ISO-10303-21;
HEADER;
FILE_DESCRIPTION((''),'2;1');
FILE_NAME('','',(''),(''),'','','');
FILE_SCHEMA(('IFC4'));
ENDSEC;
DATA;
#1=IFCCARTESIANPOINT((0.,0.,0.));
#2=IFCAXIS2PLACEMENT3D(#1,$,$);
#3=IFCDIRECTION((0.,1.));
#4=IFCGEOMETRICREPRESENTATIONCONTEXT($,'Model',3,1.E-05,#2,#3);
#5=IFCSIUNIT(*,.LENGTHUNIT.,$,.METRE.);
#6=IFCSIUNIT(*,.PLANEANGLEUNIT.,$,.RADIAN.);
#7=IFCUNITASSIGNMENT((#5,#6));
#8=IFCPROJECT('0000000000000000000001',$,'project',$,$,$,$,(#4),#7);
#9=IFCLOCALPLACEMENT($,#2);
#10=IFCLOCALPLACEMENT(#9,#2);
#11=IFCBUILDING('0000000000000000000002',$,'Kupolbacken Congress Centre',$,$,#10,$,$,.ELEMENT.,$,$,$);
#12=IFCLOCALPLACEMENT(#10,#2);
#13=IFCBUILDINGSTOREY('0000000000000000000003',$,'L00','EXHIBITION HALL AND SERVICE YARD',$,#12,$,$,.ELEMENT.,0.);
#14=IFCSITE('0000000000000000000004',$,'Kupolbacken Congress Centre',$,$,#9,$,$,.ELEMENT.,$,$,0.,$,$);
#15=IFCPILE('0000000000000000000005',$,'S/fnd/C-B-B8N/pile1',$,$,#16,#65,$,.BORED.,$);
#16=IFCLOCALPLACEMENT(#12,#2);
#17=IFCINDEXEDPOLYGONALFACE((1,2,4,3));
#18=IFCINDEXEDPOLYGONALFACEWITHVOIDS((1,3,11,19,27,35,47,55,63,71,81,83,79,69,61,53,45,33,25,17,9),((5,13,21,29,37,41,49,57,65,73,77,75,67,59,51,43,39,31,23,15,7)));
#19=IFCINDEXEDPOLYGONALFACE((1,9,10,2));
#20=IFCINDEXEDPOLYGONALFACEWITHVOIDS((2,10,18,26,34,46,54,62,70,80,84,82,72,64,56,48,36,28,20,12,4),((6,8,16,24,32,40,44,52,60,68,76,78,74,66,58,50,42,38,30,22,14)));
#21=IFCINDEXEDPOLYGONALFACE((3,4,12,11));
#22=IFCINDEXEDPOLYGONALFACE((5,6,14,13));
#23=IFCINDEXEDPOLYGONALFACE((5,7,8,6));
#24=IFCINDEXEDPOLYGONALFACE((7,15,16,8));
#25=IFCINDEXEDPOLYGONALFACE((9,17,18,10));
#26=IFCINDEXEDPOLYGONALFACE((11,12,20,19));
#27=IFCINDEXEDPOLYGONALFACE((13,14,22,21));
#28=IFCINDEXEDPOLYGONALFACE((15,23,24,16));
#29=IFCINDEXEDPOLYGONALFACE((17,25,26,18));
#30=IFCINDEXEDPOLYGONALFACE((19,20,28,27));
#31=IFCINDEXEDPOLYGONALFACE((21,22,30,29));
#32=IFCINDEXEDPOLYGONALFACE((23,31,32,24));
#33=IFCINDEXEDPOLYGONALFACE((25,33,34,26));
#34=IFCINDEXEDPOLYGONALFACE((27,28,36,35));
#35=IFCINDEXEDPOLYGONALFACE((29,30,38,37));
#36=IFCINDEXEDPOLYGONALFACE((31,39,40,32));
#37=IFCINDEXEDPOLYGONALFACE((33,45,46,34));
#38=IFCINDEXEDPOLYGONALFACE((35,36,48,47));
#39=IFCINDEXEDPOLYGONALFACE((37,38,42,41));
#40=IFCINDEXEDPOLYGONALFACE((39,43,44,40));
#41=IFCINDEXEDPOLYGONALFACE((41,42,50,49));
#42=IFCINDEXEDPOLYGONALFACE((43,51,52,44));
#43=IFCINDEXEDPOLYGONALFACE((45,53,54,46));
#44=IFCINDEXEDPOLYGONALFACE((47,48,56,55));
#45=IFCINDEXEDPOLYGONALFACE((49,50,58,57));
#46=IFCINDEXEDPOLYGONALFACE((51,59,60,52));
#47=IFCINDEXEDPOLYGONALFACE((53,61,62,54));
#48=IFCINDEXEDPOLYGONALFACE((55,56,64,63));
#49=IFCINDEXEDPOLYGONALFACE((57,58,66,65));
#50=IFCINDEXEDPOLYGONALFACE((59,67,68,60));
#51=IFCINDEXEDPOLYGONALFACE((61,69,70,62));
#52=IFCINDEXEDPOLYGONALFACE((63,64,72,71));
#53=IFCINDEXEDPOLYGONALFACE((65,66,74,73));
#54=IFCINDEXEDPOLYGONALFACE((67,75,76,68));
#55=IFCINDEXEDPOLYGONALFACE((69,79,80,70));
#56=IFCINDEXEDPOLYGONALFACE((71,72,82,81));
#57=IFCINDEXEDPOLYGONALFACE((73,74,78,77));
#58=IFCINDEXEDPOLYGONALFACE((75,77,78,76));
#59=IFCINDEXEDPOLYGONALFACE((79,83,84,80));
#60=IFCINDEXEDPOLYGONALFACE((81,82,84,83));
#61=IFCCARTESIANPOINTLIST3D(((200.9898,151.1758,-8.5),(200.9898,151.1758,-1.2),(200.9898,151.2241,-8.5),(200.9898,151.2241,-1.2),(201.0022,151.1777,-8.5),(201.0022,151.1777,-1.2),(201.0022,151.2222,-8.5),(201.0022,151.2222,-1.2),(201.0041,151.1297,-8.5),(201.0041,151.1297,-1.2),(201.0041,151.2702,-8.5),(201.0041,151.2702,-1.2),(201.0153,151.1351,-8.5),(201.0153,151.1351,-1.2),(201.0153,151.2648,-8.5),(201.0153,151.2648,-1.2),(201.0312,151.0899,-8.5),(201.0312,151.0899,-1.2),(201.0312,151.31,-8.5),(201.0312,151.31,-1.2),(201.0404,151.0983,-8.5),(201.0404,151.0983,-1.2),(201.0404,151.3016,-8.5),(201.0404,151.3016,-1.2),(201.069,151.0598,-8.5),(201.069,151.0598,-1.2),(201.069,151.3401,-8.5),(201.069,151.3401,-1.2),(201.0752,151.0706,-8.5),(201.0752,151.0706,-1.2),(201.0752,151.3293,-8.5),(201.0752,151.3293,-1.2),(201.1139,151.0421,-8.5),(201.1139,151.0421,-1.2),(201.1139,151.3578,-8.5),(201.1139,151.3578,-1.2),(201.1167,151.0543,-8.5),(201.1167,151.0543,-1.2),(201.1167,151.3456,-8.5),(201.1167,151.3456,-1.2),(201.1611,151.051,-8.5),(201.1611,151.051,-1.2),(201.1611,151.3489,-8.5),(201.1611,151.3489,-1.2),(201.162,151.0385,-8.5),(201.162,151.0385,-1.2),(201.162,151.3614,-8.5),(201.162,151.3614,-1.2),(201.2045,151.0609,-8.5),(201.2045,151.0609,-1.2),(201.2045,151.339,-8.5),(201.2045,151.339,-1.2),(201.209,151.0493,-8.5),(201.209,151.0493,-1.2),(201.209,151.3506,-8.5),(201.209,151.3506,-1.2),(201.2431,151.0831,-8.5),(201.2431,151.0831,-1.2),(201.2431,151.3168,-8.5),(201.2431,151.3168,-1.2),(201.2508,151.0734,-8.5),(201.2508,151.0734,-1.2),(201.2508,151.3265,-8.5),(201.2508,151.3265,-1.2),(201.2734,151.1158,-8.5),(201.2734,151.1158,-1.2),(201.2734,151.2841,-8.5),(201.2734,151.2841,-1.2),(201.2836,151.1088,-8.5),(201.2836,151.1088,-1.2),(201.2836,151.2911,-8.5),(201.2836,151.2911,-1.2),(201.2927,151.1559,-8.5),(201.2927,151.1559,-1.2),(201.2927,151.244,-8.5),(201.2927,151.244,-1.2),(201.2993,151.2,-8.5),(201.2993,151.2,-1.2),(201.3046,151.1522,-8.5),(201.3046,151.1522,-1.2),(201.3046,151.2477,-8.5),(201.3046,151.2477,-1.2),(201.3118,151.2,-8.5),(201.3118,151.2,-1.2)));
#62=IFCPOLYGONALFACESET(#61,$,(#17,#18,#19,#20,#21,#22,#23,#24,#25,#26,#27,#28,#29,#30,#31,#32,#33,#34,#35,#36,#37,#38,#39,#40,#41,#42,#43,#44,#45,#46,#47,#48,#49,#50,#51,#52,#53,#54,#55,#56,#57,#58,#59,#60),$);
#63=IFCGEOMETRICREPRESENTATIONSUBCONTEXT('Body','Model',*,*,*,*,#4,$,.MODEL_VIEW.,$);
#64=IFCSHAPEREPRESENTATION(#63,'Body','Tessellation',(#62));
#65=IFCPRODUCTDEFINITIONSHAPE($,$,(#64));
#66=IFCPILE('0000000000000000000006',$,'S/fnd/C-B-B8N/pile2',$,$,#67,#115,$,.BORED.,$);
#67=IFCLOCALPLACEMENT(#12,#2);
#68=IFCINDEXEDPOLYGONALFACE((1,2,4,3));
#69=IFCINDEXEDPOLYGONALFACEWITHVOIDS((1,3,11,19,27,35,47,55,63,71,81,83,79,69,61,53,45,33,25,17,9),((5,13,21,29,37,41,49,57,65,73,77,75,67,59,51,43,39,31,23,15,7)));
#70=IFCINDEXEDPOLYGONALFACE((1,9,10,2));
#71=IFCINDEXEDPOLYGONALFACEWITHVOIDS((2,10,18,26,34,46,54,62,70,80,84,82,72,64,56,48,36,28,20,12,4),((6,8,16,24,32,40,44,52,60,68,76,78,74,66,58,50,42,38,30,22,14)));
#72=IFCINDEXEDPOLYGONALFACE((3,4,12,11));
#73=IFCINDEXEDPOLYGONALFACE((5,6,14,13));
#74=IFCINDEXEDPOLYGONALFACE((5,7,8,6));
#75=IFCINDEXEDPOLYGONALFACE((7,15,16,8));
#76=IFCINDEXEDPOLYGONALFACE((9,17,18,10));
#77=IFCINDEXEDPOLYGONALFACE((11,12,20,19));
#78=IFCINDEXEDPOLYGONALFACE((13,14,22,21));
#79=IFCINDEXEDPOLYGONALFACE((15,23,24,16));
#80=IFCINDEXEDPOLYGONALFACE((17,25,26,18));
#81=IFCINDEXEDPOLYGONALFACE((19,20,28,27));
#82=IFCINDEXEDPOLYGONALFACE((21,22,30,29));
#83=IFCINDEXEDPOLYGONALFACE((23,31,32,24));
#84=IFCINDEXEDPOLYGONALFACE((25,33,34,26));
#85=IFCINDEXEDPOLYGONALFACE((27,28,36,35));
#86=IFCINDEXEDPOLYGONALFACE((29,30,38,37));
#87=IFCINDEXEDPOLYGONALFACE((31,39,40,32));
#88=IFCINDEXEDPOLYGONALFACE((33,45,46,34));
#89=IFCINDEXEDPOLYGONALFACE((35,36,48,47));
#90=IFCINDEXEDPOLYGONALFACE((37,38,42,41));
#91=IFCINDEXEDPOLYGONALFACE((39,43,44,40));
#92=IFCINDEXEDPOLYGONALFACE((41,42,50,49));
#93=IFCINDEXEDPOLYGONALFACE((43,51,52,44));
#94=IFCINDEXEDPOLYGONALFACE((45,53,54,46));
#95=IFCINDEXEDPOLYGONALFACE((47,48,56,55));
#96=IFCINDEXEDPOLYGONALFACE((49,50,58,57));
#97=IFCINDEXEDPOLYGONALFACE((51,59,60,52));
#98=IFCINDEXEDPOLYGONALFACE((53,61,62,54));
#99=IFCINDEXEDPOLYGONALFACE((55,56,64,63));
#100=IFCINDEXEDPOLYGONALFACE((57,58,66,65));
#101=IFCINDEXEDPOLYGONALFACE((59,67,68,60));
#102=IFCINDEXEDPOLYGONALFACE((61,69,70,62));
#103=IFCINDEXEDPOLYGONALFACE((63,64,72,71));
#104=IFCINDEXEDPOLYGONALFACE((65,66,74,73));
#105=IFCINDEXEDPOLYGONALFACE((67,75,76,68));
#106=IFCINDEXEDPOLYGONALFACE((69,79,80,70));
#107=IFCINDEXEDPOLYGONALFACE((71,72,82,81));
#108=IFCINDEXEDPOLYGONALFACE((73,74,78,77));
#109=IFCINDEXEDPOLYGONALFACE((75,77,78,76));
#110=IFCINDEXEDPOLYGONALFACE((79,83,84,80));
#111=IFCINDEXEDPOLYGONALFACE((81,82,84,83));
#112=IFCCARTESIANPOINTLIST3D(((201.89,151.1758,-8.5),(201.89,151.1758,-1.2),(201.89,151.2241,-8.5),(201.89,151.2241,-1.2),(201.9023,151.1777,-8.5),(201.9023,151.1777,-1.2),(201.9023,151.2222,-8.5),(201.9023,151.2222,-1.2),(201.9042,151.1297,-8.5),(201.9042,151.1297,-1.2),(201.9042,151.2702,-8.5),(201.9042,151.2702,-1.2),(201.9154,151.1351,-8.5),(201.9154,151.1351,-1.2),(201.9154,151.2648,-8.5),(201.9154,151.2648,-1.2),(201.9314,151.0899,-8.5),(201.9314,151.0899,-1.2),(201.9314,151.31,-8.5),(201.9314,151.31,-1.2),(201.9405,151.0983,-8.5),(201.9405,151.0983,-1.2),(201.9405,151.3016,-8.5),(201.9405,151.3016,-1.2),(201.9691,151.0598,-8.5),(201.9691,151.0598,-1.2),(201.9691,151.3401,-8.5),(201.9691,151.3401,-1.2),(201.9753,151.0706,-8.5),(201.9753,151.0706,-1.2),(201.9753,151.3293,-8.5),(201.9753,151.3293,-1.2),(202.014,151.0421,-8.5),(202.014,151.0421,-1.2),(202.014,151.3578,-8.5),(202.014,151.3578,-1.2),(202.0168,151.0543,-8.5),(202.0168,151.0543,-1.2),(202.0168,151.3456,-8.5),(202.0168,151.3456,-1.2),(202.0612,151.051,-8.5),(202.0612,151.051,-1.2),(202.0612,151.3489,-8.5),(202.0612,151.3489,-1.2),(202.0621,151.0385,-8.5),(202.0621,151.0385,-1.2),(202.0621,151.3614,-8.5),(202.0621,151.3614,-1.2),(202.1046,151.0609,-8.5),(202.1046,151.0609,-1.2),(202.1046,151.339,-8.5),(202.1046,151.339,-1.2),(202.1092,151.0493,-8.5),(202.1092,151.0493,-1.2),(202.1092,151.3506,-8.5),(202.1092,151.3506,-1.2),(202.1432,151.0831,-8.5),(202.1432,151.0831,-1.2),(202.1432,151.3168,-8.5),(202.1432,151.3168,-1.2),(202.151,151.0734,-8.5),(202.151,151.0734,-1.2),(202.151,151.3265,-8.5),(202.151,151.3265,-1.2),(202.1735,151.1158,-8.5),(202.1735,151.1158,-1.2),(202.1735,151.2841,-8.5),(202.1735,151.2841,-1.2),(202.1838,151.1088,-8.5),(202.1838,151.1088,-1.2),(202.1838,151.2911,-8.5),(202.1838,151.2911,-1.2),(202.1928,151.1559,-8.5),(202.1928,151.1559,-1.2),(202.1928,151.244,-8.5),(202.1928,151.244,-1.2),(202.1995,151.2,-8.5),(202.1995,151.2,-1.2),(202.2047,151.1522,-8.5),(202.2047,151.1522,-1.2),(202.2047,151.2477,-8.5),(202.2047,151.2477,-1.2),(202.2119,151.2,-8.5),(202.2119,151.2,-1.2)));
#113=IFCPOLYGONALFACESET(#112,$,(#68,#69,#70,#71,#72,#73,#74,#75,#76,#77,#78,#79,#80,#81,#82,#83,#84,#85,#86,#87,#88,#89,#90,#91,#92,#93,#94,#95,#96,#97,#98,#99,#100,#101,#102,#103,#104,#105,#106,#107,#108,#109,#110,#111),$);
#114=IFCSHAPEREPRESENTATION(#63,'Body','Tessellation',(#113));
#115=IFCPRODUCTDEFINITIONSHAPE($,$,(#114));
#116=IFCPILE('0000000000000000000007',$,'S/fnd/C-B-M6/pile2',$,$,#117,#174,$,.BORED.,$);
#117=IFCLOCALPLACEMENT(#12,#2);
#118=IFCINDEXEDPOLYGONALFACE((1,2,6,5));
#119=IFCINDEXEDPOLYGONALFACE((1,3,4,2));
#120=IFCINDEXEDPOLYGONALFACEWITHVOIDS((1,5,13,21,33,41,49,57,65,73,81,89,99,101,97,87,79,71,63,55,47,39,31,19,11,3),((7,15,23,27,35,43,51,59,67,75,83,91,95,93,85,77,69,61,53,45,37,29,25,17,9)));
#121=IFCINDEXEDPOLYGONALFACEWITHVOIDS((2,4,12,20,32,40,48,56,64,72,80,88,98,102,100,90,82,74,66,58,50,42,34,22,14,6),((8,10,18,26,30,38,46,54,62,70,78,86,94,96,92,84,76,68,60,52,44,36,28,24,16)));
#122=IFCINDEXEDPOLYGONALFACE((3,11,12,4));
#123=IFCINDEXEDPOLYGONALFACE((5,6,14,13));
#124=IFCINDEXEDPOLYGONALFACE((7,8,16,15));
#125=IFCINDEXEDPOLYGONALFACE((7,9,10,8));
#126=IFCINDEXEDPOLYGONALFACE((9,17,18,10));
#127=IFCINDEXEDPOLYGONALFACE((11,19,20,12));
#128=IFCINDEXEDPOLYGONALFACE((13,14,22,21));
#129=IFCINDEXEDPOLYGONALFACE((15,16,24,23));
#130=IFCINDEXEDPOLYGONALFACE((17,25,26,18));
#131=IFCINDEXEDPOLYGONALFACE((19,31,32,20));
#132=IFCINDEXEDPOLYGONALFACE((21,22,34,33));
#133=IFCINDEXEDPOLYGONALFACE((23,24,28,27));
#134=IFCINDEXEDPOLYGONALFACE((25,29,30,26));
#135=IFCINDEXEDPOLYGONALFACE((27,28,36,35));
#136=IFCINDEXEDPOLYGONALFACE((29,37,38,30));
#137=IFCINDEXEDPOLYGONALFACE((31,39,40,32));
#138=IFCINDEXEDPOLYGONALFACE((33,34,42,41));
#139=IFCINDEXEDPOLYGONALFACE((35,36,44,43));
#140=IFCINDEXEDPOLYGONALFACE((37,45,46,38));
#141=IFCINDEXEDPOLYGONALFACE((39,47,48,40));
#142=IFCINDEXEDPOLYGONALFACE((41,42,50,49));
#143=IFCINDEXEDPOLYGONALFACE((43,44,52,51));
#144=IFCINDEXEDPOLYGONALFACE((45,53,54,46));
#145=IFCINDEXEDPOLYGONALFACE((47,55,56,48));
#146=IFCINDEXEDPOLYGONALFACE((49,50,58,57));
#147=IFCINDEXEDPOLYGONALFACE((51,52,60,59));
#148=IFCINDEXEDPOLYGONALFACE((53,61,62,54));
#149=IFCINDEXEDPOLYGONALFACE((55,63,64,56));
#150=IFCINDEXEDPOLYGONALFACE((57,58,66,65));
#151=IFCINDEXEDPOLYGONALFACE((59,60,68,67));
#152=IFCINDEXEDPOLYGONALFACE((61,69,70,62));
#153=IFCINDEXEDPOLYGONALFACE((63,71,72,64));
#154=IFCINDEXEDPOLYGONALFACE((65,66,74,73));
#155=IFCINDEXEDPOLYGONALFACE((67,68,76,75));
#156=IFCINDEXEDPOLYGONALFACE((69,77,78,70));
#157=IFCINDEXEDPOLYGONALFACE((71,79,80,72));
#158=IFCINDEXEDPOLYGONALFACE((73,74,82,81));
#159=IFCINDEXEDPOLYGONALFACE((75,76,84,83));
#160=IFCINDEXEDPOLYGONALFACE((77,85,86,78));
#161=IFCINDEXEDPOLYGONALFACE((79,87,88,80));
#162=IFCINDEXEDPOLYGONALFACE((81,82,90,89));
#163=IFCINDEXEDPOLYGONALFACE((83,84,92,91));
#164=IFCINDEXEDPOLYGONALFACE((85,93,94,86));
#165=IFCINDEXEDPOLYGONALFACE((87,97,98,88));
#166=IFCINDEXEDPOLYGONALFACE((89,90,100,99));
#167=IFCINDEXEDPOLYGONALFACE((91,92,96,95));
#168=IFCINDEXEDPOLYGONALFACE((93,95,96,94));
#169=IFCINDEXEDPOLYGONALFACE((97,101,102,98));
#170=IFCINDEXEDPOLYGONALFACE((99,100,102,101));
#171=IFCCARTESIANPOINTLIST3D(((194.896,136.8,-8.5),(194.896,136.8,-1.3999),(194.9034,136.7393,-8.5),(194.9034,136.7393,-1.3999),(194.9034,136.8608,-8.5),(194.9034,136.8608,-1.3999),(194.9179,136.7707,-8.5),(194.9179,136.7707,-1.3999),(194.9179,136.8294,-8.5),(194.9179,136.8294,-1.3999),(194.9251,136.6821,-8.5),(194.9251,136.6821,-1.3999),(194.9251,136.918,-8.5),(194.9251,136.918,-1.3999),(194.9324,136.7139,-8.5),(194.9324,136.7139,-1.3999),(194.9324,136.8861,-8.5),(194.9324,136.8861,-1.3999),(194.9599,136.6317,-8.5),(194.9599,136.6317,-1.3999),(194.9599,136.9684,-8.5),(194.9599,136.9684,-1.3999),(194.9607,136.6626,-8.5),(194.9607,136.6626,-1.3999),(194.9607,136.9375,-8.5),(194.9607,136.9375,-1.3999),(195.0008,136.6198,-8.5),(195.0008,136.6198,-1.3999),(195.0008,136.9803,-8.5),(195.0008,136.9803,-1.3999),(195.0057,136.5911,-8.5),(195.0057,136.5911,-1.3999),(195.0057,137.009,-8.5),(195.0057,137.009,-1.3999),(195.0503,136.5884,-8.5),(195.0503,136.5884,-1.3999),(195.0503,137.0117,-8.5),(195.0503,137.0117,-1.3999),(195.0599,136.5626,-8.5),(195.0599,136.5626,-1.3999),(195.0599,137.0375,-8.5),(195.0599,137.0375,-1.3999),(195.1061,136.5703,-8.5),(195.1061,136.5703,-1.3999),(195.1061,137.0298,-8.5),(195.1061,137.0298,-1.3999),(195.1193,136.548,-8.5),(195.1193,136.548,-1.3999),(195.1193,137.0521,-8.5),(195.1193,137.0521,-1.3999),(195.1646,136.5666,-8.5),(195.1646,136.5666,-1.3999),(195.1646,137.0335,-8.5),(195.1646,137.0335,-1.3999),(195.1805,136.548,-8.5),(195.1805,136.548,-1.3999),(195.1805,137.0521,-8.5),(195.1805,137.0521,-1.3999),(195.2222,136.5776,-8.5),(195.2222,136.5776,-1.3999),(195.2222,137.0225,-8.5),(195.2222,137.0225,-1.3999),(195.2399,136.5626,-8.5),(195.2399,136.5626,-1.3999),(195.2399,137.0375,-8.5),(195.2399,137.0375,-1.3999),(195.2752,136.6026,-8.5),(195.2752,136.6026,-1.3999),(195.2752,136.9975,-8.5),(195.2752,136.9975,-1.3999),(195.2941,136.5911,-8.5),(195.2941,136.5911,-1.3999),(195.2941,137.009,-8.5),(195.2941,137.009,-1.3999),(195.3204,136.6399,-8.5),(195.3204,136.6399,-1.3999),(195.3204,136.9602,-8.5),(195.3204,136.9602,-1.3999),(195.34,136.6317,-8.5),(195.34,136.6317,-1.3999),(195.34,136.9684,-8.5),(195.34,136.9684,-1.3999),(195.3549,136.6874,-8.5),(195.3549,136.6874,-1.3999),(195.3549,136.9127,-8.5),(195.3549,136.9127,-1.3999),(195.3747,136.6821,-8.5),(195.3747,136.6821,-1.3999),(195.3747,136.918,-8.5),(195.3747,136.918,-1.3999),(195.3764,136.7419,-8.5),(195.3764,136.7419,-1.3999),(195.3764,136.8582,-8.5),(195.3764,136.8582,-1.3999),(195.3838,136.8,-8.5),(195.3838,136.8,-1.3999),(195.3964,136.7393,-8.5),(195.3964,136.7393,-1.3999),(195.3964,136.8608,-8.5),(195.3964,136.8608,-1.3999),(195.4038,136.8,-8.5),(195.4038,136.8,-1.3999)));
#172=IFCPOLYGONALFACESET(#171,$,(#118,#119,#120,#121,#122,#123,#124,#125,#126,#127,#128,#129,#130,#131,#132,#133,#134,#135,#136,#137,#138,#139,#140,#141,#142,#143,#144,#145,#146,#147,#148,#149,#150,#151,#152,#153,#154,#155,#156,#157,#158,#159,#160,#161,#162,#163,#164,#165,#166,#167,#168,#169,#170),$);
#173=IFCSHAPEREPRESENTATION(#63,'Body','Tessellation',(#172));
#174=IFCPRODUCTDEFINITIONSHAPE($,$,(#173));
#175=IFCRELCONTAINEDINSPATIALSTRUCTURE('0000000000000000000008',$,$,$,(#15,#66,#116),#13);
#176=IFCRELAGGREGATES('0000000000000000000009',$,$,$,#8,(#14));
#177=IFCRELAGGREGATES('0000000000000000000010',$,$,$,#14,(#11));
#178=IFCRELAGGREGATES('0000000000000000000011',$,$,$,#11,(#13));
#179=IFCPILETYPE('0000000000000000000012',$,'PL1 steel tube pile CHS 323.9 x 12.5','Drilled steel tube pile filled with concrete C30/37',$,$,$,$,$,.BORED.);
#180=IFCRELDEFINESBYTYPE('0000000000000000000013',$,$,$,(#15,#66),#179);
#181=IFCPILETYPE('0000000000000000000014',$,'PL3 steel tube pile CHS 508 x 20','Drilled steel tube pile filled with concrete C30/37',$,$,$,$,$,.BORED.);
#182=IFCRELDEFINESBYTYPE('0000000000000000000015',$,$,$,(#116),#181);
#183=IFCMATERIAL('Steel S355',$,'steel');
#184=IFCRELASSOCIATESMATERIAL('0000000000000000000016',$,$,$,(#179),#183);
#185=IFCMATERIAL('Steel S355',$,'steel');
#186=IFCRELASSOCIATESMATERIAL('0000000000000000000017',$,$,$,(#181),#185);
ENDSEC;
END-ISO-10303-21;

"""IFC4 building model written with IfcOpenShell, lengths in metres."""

from ifc_helpers import new_model, si_unit, direction, frame, origin, origin_2d, place, context, subcontext, project, spatial, hollow_circle, extrude, material, material_profile, profile_set, type_object, element, save


model = new_model("IFC4")

# Units and contexts
model_context = context("Model", 3, precision=1e-05, world=origin(), true_north=direction((0.0, 1.0)))
body_context = subcontext(model_context, "Body", "Model", "MODEL_VIEW")
ifc_project = project(units=[si_unit("LENGTHUNIT", "METRE"), si_unit("PLANEANGLEUNIT", "RADIAN")], contexts=[model_context])

# Site, building, storey
site_placement = place(None, origin())
site = spatial("IfcSite", under=ifc_project, at=site_placement, Name="Kupolbacken Congress Centre", CompositionType="ELEMENT", RefElevation=0.0)
building_placement = place(site_placement, origin())
building = spatial("IfcBuilding", under=site, at=building_placement, Name="Kupolbacken Congress Centre", CompositionType="ELEMENT")
storey_placement = place(building_placement, origin())
storey = spatial("IfcBuildingStorey", under=building, at=storey_placement, Name="L00", Description="EXHIBITION HALL AND SERVICE YARD", CompositionType="ELEMENT", Elevation=0.0)

# Piles
ifc_material_1 = material(Name="Steel S355", Category="steel")
ifc_material_profile_1 = material_profile(ifc_material_1, hollow_circle(Radius=0.1619, WallThickness=0.0125, at=origin_2d()), Name="CHS 323.9 x 12.5")
ifc_profile_set_1 = profile_set([ifc_material_profile_1], Name="Steel S355")
pile_type_1 = type_object("IfcPileType", Name="PL1 steel tube pile CHS 323.9 x 12.5", Description="Drilled steel tube pile filled with concrete C30/37", PredefinedType="BORED", material=ifc_profile_set_1)
for number, where, z_axis, x_axis, name in (
    (1, (201.1499, 151.2, -1.2), (0.0, 0.0, -1.0), (1.0, 0.0, 0.0), "S/fnd/C-B-B8N/pile1"),
    (2, (202.05, 151.2, -1.2), (0.0, 0.0, -1.0), (1.0, 0.0, 0.0), "S/fnd/C-B-B8N/pile2"),
):
    element("IfcPile", number, at=place(storey_placement, frame(where, z_axis=z_axis, x_axis=x_axis)), inside=storey, type_object=pile_type_1, Name=name, PredefinedType="BORED", context=body_context, shape_type="SweptSolid", body=[
        extrude(hollow_circle(Radius=0.1619, WallThickness=0.0125, at=origin_2d()), origin(), (0.0, 0.0, 1.0), 7.3),
    ])
ifc_material_2 = material(Name="Steel S355", Category="steel")
ifc_material_profile_2 = material_profile(ifc_material_2, hollow_circle(Radius=0.2539, WallThickness=0.02, at=origin_2d()), Name="CHS 508 x 20")
ifc_profile_set_2 = profile_set([ifc_material_profile_2], Name="Steel S355")
pile_type_2 = type_object("IfcPileType", Name="PL3 steel tube pile CHS 508 x 20", Description="Drilled steel tube pile filled with concrete C30/37", PredefinedType="BORED", material=ifc_profile_set_2)
for number, where, z_axis, x_axis, name in (
    (3, (195.1499, 136.8, -1.3999), (0.0, 0.0, -1.0), (1.0, 0.0, 0.0), "S/fnd/C-B-M6/pile2"),
):
    element("IfcPile", number, at=place(storey_placement, frame(where, z_axis=z_axis, x_axis=x_axis)), inside=storey, type_object=pile_type_2, Name=name, PredefinedType="BORED", context=body_context, shape_type="SweptSolid", body=[
        extrude(hollow_circle(Radius=0.2539, WallThickness=0.02, at=origin_2d()), origin(), (0.0, 0.0, 1.0), 7.1001),
    ])

save(model, "model.ifc")
